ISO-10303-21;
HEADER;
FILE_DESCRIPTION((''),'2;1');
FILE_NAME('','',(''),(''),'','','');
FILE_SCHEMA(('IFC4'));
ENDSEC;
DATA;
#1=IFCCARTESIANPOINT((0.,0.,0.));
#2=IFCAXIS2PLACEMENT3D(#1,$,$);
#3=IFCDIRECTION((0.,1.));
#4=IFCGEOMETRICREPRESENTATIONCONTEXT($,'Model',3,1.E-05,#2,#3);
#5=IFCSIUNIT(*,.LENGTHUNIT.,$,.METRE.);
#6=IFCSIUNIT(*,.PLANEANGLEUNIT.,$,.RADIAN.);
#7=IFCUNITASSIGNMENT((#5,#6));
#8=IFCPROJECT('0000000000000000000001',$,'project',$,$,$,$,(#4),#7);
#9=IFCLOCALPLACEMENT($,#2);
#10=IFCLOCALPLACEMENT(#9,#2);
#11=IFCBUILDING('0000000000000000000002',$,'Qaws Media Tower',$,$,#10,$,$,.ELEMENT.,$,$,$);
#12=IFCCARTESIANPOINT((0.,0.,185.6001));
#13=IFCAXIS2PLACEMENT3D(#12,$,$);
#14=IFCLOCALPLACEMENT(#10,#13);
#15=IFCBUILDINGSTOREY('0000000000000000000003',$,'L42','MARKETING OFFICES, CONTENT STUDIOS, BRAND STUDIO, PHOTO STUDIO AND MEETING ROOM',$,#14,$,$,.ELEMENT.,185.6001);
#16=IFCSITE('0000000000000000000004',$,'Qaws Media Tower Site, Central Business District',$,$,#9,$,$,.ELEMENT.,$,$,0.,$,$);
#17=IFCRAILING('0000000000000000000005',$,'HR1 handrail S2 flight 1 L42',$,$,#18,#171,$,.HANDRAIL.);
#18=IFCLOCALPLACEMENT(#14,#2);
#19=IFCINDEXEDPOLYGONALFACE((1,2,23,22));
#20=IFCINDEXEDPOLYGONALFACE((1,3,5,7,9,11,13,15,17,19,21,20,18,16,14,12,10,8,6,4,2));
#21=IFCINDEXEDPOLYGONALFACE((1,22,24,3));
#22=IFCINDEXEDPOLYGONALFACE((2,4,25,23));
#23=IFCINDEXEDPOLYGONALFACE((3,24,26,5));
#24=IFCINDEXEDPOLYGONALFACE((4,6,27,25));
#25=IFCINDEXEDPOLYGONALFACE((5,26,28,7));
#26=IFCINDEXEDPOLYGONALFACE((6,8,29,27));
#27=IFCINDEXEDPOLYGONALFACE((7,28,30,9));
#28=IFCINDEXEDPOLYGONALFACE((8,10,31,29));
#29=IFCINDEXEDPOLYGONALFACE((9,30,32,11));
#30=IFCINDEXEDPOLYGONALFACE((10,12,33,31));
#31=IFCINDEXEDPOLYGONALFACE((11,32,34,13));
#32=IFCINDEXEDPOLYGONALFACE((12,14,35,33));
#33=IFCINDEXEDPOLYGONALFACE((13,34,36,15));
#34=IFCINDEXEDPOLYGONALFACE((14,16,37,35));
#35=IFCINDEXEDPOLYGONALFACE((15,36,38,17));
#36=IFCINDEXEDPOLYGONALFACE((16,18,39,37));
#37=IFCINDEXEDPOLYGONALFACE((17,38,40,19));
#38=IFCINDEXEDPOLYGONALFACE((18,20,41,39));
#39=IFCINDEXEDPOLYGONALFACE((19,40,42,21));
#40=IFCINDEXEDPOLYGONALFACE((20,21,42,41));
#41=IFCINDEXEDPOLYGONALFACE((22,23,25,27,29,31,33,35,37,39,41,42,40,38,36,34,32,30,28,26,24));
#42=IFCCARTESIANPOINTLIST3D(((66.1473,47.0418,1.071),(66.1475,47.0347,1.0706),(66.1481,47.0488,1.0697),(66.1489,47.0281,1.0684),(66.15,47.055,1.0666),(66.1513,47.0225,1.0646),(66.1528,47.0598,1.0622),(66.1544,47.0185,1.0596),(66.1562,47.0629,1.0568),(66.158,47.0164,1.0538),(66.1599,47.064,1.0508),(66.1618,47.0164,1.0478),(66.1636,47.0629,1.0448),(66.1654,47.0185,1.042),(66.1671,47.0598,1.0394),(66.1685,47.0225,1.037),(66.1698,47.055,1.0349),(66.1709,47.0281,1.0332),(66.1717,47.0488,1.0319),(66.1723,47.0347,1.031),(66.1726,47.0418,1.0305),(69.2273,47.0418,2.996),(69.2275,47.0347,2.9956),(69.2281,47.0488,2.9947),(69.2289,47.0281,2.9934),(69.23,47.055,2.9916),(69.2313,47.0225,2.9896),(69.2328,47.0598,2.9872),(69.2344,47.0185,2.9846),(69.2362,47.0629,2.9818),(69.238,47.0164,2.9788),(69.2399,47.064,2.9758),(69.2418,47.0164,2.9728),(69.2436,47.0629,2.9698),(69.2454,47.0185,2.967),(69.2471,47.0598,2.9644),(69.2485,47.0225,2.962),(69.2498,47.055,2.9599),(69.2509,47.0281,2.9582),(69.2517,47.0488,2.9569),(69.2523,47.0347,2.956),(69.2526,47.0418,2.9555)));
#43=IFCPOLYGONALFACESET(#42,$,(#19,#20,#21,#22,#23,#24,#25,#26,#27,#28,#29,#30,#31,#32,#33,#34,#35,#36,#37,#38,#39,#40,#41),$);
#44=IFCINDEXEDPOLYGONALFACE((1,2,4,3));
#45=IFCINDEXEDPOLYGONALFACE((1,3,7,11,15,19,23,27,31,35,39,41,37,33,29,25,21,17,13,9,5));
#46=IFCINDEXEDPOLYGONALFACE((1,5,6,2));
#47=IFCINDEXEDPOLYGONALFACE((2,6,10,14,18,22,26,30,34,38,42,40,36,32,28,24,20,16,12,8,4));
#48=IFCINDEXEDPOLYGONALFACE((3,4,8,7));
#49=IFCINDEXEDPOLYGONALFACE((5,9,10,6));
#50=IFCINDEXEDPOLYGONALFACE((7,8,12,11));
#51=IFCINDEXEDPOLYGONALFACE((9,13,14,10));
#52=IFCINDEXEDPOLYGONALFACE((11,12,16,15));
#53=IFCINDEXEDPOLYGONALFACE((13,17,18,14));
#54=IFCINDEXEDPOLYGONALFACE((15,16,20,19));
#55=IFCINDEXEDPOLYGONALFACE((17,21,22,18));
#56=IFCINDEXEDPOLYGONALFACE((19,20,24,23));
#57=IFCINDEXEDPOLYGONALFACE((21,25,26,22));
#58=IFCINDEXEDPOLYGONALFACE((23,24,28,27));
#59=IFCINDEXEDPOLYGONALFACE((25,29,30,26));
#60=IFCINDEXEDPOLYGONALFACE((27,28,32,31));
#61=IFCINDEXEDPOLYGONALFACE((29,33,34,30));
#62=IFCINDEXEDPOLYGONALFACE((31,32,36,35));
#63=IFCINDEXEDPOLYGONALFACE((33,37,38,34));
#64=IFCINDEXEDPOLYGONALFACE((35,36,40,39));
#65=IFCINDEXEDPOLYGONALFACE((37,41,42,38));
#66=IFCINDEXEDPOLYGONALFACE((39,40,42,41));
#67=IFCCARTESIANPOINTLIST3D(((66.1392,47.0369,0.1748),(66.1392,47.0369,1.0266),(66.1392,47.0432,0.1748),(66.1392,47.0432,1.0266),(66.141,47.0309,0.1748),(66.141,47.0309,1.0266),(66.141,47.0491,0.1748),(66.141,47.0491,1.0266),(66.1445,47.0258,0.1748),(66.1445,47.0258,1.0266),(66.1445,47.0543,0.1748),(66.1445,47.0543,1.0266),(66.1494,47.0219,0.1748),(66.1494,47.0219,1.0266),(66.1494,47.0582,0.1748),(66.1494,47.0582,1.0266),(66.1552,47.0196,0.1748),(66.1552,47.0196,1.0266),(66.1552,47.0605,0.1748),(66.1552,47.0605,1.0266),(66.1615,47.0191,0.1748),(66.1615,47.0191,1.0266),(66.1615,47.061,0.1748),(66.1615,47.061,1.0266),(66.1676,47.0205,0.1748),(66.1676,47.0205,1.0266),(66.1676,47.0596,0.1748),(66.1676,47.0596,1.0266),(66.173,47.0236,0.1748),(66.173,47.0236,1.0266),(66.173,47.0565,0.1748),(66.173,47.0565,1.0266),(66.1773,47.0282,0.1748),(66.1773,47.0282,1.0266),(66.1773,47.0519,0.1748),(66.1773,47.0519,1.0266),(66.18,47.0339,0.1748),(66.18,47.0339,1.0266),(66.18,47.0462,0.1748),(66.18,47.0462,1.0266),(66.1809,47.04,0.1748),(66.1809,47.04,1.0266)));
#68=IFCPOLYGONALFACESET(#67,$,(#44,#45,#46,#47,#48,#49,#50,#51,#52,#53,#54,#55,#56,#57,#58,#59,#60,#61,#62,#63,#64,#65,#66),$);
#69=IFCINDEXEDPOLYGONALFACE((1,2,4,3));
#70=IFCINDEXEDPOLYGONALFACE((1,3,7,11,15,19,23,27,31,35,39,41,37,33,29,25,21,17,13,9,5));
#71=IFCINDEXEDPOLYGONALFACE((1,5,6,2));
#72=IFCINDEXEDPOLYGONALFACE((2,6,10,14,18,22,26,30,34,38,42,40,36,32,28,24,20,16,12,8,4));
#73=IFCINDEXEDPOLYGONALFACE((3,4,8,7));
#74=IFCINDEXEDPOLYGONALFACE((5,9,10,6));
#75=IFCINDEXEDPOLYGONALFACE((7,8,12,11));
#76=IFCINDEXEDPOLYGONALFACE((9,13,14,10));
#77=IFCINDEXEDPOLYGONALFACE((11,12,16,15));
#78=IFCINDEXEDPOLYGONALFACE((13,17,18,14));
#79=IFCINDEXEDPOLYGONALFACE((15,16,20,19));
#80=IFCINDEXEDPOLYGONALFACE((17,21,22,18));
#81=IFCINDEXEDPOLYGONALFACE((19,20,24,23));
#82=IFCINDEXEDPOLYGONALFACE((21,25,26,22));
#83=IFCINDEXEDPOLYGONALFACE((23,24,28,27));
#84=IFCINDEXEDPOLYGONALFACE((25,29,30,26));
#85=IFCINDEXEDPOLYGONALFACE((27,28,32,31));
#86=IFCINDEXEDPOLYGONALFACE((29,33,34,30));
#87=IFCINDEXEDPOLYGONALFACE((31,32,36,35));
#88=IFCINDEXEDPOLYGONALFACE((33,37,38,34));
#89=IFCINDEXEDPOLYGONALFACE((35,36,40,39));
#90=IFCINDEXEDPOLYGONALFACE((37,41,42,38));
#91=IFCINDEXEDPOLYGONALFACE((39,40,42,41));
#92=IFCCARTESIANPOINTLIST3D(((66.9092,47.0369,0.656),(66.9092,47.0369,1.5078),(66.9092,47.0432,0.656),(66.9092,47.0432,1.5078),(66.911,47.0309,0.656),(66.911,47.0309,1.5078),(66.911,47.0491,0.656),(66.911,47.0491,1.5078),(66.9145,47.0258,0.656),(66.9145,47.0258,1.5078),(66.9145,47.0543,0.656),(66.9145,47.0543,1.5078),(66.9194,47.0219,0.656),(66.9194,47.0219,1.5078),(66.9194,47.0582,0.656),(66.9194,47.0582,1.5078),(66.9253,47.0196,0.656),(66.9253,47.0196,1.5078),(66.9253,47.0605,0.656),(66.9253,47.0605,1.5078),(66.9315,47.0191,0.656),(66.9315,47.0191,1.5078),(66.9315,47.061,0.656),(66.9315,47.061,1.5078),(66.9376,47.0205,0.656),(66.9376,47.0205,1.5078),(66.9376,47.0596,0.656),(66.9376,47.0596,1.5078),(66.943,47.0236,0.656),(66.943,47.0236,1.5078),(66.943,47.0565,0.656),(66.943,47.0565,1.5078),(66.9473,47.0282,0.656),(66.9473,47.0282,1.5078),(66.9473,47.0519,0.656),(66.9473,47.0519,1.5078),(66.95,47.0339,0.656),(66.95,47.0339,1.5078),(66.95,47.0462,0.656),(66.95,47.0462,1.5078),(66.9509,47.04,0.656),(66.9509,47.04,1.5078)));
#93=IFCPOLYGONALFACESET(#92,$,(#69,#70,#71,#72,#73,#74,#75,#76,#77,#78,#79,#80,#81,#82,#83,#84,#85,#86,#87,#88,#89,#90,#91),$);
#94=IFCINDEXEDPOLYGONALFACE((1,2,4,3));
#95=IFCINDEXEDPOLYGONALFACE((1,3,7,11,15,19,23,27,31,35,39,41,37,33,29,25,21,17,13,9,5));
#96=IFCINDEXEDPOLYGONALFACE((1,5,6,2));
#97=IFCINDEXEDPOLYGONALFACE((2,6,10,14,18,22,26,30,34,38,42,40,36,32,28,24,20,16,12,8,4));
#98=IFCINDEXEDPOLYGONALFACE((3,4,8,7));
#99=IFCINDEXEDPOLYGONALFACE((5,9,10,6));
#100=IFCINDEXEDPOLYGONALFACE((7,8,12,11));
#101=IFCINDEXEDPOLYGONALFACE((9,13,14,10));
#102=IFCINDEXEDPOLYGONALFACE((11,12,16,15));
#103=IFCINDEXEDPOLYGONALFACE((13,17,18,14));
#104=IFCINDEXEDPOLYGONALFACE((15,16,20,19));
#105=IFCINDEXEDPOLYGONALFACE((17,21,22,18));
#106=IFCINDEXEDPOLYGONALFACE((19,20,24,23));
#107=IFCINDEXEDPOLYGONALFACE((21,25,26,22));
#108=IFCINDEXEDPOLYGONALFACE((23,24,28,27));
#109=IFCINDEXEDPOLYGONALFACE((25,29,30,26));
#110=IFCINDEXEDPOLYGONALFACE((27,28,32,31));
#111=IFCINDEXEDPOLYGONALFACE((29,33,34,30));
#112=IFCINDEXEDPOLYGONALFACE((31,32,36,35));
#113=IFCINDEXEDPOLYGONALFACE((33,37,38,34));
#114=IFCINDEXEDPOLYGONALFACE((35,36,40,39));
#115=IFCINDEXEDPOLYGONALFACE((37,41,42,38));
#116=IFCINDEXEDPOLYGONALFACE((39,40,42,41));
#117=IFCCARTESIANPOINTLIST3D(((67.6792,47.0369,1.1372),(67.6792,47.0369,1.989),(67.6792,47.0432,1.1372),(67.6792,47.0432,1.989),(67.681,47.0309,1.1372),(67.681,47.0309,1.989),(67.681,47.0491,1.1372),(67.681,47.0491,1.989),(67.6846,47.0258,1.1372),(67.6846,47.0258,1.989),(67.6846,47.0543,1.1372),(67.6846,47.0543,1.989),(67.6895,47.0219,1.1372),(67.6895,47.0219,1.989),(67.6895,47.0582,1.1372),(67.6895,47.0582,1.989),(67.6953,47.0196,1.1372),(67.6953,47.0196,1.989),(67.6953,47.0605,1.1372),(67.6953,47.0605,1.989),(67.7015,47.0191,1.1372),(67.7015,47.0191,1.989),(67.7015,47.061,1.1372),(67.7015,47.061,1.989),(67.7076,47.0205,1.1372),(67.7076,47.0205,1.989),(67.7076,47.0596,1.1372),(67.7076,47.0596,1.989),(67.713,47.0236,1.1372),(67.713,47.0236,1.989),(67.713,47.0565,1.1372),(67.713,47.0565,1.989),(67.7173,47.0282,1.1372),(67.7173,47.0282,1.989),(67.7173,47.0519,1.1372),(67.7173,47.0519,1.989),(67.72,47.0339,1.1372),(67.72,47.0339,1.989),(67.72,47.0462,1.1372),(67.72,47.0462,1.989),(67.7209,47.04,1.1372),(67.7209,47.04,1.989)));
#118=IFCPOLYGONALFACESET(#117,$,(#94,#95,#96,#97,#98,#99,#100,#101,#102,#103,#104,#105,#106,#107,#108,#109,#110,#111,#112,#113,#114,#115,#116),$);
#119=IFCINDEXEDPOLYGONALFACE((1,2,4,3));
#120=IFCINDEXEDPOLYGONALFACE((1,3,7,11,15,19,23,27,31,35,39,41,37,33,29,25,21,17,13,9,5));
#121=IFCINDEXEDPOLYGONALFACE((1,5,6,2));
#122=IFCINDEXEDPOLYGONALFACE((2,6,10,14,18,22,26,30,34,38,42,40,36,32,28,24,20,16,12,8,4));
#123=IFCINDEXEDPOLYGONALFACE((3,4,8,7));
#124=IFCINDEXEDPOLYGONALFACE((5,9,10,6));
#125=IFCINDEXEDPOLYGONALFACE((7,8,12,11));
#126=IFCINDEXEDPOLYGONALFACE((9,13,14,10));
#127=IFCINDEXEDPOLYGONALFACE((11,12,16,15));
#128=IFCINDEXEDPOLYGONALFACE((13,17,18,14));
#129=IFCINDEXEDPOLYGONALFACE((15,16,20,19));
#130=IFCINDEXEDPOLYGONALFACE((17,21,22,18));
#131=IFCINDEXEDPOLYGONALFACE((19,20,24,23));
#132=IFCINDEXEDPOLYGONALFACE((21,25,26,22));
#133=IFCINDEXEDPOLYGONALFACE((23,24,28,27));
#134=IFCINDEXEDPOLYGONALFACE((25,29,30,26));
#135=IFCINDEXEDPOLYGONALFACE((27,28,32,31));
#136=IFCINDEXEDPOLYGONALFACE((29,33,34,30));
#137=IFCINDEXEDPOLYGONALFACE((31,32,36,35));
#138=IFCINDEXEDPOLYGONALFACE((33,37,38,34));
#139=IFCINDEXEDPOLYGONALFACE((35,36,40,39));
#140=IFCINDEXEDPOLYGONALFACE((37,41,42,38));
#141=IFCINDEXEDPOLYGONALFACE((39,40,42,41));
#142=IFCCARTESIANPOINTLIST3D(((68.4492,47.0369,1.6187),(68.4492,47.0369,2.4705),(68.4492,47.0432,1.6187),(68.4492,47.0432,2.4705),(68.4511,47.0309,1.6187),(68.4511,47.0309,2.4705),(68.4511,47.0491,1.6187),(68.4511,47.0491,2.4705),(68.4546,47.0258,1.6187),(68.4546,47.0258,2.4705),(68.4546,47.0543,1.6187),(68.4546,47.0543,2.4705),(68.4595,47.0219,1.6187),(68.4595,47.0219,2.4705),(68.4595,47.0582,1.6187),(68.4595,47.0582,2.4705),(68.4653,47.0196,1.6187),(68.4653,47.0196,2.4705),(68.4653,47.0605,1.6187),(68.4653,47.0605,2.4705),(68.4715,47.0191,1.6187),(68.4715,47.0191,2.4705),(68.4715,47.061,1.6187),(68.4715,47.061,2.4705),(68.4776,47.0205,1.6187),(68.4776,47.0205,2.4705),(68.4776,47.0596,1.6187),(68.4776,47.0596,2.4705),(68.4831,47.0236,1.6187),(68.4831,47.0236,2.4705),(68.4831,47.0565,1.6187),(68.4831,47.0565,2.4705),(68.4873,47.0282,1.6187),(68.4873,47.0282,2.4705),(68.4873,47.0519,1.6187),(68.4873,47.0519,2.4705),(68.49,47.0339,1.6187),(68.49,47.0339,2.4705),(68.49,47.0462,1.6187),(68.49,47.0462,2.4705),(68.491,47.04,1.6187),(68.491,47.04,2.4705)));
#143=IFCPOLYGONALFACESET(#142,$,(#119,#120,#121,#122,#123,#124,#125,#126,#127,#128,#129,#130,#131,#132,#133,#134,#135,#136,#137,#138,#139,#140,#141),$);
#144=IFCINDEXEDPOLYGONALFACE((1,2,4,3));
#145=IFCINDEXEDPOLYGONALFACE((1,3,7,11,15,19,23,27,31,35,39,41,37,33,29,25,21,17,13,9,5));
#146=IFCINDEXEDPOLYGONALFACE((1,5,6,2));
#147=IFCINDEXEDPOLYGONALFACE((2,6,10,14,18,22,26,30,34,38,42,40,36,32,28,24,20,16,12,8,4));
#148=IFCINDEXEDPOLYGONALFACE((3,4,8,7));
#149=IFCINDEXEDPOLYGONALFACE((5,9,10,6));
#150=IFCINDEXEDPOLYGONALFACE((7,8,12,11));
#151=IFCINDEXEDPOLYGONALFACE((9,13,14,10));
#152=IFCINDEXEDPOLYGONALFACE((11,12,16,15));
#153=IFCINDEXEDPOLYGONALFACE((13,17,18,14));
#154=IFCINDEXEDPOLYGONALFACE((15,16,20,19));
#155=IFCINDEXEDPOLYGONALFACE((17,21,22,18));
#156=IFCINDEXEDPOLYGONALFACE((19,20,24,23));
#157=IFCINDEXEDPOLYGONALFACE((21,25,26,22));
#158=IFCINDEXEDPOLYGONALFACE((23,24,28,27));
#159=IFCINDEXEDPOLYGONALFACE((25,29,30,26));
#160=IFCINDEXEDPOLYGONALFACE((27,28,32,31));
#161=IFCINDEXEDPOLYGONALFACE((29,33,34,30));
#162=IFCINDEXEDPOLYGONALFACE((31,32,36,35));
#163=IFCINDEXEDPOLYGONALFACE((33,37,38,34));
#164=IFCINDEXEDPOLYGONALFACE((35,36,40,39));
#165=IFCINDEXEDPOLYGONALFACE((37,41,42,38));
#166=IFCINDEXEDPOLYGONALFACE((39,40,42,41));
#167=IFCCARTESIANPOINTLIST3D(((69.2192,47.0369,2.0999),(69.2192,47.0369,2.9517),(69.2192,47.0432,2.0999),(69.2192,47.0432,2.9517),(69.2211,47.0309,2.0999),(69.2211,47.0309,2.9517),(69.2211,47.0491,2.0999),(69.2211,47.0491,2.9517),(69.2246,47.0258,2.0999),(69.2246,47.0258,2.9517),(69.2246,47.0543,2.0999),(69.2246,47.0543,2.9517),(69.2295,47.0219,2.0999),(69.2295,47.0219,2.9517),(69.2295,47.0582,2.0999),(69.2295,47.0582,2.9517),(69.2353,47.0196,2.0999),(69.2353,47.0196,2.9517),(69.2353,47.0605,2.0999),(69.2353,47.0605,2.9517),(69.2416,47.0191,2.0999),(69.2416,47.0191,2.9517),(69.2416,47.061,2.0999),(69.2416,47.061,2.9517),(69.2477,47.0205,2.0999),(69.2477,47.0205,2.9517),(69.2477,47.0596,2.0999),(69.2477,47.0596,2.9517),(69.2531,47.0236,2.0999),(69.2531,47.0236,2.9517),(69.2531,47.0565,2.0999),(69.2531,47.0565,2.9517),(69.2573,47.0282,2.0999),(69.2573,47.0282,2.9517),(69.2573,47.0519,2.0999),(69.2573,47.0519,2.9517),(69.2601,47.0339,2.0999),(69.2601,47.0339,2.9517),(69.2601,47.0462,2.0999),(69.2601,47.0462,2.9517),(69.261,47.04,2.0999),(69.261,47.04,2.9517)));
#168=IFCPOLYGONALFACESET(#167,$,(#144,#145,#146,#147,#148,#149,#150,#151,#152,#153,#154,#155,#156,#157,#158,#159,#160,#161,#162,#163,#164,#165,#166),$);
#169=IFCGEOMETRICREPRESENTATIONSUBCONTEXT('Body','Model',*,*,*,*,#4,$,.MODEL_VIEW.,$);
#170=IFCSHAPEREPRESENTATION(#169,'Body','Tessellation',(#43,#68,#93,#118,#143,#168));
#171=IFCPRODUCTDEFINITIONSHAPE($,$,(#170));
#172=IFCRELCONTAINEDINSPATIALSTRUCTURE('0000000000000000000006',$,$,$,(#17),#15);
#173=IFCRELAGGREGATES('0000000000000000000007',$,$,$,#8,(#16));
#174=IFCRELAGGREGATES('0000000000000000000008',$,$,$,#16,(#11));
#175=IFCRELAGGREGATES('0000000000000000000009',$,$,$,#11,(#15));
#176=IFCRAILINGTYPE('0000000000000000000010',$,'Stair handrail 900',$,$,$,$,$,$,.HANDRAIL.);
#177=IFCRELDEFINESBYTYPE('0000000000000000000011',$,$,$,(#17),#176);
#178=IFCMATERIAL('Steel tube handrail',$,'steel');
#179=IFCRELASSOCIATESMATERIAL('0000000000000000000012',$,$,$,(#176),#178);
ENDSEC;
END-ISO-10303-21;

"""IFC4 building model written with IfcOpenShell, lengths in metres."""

from ifc_helpers import new_model, si_unit, direction, frame, origin, origin_2d, place, context, subcontext, project, spatial, circle, extrude, material, type_object, element, save


model = new_model("IFC4")

# Units and contexts
model_context = context("Model", 3, precision=1e-05, world=origin(), true_north=direction((0.0, 1.0)))
body_context = subcontext(model_context, "Body", "Model", "MODEL_VIEW")
ifc_project = project(units=[si_unit("LENGTHUNIT", "METRE"), si_unit("PLANEANGLEUNIT", "RADIAN")], contexts=[model_context])

# Site, building, storey
site_placement = place(None, origin())
site = spatial("IfcSite", under=ifc_project, at=site_placement, Name="Qaws Media Tower Site, Central Business District", CompositionType="ELEMENT", RefElevation=0.0)
building_placement = place(site_placement, origin())
building = spatial("IfcBuilding", under=site, at=building_placement, Name="Qaws Media Tower", CompositionType="ELEMENT")
storey_placement = place(building_placement, frame((0.0, 0.0, 185.6001)))
storey = spatial("IfcBuildingStorey", under=building, at=storey_placement, Name="L42", Description="MARKETING OFFICES, CONTENT STUDIOS, BRAND STUDIO, PHOTO STUDIO AND MEETING ROOM", CompositionType="ELEMENT", Elevation=185.6001)

# Railing
ifc_material_1 = material(Name="Steel tube handrail", Category="steel")
railing_type = type_object("IfcRailingType", Name="Stair handrail 900", PredefinedType="HANDRAIL", material=ifc_material_1)
railing_placement = place(storey_placement, frame((66.1599, 47.04, 0.1748)))
element("IfcRailing", 1, at=railing_placement, inside=storey, type_object=railing_type, Name="HR1 handrail S2 flight 1 L42", PredefinedType="HANDRAIL", context=body_context, shape_type="SweptSolid", body=[
    extrude(circle(Radius=0.0239, at=origin_2d()), frame((0.0, 0.0, 0.876), z_axis=(0.847998, 0.0, 0.529999), x_axis=(0.0, 1.0, 0.0)), (0.0, 0.0, 1.0), 3.6321),
    extrude(circle(Radius=0.021, at=origin_2d()), origin(), (0.0, 0.0, 1.0), 0.8518),
    extrude(circle(Radius=0.021, at=origin_2d()), frame((0.77, 0.0, 0.4812)), (0.0, 0.0, 1.0), 0.8518),
    extrude(circle(Radius=0.021, at=origin_2d()), frame((1.54, 0.0, 0.9624)), (0.0, 0.0, 1.0), 0.8518),
    extrude(circle(Radius=0.021, at=origin_2d()), frame((2.3101, 0.0, 1.4438)), (0.0, 0.0, 1.0), 0.8518),
    extrude(circle(Radius=0.021, at=origin_2d()), frame((3.0801, 0.0, 1.925)), (0.0, 0.0, 1.0), 0.8518),
])

save(model, "model.ifc")
